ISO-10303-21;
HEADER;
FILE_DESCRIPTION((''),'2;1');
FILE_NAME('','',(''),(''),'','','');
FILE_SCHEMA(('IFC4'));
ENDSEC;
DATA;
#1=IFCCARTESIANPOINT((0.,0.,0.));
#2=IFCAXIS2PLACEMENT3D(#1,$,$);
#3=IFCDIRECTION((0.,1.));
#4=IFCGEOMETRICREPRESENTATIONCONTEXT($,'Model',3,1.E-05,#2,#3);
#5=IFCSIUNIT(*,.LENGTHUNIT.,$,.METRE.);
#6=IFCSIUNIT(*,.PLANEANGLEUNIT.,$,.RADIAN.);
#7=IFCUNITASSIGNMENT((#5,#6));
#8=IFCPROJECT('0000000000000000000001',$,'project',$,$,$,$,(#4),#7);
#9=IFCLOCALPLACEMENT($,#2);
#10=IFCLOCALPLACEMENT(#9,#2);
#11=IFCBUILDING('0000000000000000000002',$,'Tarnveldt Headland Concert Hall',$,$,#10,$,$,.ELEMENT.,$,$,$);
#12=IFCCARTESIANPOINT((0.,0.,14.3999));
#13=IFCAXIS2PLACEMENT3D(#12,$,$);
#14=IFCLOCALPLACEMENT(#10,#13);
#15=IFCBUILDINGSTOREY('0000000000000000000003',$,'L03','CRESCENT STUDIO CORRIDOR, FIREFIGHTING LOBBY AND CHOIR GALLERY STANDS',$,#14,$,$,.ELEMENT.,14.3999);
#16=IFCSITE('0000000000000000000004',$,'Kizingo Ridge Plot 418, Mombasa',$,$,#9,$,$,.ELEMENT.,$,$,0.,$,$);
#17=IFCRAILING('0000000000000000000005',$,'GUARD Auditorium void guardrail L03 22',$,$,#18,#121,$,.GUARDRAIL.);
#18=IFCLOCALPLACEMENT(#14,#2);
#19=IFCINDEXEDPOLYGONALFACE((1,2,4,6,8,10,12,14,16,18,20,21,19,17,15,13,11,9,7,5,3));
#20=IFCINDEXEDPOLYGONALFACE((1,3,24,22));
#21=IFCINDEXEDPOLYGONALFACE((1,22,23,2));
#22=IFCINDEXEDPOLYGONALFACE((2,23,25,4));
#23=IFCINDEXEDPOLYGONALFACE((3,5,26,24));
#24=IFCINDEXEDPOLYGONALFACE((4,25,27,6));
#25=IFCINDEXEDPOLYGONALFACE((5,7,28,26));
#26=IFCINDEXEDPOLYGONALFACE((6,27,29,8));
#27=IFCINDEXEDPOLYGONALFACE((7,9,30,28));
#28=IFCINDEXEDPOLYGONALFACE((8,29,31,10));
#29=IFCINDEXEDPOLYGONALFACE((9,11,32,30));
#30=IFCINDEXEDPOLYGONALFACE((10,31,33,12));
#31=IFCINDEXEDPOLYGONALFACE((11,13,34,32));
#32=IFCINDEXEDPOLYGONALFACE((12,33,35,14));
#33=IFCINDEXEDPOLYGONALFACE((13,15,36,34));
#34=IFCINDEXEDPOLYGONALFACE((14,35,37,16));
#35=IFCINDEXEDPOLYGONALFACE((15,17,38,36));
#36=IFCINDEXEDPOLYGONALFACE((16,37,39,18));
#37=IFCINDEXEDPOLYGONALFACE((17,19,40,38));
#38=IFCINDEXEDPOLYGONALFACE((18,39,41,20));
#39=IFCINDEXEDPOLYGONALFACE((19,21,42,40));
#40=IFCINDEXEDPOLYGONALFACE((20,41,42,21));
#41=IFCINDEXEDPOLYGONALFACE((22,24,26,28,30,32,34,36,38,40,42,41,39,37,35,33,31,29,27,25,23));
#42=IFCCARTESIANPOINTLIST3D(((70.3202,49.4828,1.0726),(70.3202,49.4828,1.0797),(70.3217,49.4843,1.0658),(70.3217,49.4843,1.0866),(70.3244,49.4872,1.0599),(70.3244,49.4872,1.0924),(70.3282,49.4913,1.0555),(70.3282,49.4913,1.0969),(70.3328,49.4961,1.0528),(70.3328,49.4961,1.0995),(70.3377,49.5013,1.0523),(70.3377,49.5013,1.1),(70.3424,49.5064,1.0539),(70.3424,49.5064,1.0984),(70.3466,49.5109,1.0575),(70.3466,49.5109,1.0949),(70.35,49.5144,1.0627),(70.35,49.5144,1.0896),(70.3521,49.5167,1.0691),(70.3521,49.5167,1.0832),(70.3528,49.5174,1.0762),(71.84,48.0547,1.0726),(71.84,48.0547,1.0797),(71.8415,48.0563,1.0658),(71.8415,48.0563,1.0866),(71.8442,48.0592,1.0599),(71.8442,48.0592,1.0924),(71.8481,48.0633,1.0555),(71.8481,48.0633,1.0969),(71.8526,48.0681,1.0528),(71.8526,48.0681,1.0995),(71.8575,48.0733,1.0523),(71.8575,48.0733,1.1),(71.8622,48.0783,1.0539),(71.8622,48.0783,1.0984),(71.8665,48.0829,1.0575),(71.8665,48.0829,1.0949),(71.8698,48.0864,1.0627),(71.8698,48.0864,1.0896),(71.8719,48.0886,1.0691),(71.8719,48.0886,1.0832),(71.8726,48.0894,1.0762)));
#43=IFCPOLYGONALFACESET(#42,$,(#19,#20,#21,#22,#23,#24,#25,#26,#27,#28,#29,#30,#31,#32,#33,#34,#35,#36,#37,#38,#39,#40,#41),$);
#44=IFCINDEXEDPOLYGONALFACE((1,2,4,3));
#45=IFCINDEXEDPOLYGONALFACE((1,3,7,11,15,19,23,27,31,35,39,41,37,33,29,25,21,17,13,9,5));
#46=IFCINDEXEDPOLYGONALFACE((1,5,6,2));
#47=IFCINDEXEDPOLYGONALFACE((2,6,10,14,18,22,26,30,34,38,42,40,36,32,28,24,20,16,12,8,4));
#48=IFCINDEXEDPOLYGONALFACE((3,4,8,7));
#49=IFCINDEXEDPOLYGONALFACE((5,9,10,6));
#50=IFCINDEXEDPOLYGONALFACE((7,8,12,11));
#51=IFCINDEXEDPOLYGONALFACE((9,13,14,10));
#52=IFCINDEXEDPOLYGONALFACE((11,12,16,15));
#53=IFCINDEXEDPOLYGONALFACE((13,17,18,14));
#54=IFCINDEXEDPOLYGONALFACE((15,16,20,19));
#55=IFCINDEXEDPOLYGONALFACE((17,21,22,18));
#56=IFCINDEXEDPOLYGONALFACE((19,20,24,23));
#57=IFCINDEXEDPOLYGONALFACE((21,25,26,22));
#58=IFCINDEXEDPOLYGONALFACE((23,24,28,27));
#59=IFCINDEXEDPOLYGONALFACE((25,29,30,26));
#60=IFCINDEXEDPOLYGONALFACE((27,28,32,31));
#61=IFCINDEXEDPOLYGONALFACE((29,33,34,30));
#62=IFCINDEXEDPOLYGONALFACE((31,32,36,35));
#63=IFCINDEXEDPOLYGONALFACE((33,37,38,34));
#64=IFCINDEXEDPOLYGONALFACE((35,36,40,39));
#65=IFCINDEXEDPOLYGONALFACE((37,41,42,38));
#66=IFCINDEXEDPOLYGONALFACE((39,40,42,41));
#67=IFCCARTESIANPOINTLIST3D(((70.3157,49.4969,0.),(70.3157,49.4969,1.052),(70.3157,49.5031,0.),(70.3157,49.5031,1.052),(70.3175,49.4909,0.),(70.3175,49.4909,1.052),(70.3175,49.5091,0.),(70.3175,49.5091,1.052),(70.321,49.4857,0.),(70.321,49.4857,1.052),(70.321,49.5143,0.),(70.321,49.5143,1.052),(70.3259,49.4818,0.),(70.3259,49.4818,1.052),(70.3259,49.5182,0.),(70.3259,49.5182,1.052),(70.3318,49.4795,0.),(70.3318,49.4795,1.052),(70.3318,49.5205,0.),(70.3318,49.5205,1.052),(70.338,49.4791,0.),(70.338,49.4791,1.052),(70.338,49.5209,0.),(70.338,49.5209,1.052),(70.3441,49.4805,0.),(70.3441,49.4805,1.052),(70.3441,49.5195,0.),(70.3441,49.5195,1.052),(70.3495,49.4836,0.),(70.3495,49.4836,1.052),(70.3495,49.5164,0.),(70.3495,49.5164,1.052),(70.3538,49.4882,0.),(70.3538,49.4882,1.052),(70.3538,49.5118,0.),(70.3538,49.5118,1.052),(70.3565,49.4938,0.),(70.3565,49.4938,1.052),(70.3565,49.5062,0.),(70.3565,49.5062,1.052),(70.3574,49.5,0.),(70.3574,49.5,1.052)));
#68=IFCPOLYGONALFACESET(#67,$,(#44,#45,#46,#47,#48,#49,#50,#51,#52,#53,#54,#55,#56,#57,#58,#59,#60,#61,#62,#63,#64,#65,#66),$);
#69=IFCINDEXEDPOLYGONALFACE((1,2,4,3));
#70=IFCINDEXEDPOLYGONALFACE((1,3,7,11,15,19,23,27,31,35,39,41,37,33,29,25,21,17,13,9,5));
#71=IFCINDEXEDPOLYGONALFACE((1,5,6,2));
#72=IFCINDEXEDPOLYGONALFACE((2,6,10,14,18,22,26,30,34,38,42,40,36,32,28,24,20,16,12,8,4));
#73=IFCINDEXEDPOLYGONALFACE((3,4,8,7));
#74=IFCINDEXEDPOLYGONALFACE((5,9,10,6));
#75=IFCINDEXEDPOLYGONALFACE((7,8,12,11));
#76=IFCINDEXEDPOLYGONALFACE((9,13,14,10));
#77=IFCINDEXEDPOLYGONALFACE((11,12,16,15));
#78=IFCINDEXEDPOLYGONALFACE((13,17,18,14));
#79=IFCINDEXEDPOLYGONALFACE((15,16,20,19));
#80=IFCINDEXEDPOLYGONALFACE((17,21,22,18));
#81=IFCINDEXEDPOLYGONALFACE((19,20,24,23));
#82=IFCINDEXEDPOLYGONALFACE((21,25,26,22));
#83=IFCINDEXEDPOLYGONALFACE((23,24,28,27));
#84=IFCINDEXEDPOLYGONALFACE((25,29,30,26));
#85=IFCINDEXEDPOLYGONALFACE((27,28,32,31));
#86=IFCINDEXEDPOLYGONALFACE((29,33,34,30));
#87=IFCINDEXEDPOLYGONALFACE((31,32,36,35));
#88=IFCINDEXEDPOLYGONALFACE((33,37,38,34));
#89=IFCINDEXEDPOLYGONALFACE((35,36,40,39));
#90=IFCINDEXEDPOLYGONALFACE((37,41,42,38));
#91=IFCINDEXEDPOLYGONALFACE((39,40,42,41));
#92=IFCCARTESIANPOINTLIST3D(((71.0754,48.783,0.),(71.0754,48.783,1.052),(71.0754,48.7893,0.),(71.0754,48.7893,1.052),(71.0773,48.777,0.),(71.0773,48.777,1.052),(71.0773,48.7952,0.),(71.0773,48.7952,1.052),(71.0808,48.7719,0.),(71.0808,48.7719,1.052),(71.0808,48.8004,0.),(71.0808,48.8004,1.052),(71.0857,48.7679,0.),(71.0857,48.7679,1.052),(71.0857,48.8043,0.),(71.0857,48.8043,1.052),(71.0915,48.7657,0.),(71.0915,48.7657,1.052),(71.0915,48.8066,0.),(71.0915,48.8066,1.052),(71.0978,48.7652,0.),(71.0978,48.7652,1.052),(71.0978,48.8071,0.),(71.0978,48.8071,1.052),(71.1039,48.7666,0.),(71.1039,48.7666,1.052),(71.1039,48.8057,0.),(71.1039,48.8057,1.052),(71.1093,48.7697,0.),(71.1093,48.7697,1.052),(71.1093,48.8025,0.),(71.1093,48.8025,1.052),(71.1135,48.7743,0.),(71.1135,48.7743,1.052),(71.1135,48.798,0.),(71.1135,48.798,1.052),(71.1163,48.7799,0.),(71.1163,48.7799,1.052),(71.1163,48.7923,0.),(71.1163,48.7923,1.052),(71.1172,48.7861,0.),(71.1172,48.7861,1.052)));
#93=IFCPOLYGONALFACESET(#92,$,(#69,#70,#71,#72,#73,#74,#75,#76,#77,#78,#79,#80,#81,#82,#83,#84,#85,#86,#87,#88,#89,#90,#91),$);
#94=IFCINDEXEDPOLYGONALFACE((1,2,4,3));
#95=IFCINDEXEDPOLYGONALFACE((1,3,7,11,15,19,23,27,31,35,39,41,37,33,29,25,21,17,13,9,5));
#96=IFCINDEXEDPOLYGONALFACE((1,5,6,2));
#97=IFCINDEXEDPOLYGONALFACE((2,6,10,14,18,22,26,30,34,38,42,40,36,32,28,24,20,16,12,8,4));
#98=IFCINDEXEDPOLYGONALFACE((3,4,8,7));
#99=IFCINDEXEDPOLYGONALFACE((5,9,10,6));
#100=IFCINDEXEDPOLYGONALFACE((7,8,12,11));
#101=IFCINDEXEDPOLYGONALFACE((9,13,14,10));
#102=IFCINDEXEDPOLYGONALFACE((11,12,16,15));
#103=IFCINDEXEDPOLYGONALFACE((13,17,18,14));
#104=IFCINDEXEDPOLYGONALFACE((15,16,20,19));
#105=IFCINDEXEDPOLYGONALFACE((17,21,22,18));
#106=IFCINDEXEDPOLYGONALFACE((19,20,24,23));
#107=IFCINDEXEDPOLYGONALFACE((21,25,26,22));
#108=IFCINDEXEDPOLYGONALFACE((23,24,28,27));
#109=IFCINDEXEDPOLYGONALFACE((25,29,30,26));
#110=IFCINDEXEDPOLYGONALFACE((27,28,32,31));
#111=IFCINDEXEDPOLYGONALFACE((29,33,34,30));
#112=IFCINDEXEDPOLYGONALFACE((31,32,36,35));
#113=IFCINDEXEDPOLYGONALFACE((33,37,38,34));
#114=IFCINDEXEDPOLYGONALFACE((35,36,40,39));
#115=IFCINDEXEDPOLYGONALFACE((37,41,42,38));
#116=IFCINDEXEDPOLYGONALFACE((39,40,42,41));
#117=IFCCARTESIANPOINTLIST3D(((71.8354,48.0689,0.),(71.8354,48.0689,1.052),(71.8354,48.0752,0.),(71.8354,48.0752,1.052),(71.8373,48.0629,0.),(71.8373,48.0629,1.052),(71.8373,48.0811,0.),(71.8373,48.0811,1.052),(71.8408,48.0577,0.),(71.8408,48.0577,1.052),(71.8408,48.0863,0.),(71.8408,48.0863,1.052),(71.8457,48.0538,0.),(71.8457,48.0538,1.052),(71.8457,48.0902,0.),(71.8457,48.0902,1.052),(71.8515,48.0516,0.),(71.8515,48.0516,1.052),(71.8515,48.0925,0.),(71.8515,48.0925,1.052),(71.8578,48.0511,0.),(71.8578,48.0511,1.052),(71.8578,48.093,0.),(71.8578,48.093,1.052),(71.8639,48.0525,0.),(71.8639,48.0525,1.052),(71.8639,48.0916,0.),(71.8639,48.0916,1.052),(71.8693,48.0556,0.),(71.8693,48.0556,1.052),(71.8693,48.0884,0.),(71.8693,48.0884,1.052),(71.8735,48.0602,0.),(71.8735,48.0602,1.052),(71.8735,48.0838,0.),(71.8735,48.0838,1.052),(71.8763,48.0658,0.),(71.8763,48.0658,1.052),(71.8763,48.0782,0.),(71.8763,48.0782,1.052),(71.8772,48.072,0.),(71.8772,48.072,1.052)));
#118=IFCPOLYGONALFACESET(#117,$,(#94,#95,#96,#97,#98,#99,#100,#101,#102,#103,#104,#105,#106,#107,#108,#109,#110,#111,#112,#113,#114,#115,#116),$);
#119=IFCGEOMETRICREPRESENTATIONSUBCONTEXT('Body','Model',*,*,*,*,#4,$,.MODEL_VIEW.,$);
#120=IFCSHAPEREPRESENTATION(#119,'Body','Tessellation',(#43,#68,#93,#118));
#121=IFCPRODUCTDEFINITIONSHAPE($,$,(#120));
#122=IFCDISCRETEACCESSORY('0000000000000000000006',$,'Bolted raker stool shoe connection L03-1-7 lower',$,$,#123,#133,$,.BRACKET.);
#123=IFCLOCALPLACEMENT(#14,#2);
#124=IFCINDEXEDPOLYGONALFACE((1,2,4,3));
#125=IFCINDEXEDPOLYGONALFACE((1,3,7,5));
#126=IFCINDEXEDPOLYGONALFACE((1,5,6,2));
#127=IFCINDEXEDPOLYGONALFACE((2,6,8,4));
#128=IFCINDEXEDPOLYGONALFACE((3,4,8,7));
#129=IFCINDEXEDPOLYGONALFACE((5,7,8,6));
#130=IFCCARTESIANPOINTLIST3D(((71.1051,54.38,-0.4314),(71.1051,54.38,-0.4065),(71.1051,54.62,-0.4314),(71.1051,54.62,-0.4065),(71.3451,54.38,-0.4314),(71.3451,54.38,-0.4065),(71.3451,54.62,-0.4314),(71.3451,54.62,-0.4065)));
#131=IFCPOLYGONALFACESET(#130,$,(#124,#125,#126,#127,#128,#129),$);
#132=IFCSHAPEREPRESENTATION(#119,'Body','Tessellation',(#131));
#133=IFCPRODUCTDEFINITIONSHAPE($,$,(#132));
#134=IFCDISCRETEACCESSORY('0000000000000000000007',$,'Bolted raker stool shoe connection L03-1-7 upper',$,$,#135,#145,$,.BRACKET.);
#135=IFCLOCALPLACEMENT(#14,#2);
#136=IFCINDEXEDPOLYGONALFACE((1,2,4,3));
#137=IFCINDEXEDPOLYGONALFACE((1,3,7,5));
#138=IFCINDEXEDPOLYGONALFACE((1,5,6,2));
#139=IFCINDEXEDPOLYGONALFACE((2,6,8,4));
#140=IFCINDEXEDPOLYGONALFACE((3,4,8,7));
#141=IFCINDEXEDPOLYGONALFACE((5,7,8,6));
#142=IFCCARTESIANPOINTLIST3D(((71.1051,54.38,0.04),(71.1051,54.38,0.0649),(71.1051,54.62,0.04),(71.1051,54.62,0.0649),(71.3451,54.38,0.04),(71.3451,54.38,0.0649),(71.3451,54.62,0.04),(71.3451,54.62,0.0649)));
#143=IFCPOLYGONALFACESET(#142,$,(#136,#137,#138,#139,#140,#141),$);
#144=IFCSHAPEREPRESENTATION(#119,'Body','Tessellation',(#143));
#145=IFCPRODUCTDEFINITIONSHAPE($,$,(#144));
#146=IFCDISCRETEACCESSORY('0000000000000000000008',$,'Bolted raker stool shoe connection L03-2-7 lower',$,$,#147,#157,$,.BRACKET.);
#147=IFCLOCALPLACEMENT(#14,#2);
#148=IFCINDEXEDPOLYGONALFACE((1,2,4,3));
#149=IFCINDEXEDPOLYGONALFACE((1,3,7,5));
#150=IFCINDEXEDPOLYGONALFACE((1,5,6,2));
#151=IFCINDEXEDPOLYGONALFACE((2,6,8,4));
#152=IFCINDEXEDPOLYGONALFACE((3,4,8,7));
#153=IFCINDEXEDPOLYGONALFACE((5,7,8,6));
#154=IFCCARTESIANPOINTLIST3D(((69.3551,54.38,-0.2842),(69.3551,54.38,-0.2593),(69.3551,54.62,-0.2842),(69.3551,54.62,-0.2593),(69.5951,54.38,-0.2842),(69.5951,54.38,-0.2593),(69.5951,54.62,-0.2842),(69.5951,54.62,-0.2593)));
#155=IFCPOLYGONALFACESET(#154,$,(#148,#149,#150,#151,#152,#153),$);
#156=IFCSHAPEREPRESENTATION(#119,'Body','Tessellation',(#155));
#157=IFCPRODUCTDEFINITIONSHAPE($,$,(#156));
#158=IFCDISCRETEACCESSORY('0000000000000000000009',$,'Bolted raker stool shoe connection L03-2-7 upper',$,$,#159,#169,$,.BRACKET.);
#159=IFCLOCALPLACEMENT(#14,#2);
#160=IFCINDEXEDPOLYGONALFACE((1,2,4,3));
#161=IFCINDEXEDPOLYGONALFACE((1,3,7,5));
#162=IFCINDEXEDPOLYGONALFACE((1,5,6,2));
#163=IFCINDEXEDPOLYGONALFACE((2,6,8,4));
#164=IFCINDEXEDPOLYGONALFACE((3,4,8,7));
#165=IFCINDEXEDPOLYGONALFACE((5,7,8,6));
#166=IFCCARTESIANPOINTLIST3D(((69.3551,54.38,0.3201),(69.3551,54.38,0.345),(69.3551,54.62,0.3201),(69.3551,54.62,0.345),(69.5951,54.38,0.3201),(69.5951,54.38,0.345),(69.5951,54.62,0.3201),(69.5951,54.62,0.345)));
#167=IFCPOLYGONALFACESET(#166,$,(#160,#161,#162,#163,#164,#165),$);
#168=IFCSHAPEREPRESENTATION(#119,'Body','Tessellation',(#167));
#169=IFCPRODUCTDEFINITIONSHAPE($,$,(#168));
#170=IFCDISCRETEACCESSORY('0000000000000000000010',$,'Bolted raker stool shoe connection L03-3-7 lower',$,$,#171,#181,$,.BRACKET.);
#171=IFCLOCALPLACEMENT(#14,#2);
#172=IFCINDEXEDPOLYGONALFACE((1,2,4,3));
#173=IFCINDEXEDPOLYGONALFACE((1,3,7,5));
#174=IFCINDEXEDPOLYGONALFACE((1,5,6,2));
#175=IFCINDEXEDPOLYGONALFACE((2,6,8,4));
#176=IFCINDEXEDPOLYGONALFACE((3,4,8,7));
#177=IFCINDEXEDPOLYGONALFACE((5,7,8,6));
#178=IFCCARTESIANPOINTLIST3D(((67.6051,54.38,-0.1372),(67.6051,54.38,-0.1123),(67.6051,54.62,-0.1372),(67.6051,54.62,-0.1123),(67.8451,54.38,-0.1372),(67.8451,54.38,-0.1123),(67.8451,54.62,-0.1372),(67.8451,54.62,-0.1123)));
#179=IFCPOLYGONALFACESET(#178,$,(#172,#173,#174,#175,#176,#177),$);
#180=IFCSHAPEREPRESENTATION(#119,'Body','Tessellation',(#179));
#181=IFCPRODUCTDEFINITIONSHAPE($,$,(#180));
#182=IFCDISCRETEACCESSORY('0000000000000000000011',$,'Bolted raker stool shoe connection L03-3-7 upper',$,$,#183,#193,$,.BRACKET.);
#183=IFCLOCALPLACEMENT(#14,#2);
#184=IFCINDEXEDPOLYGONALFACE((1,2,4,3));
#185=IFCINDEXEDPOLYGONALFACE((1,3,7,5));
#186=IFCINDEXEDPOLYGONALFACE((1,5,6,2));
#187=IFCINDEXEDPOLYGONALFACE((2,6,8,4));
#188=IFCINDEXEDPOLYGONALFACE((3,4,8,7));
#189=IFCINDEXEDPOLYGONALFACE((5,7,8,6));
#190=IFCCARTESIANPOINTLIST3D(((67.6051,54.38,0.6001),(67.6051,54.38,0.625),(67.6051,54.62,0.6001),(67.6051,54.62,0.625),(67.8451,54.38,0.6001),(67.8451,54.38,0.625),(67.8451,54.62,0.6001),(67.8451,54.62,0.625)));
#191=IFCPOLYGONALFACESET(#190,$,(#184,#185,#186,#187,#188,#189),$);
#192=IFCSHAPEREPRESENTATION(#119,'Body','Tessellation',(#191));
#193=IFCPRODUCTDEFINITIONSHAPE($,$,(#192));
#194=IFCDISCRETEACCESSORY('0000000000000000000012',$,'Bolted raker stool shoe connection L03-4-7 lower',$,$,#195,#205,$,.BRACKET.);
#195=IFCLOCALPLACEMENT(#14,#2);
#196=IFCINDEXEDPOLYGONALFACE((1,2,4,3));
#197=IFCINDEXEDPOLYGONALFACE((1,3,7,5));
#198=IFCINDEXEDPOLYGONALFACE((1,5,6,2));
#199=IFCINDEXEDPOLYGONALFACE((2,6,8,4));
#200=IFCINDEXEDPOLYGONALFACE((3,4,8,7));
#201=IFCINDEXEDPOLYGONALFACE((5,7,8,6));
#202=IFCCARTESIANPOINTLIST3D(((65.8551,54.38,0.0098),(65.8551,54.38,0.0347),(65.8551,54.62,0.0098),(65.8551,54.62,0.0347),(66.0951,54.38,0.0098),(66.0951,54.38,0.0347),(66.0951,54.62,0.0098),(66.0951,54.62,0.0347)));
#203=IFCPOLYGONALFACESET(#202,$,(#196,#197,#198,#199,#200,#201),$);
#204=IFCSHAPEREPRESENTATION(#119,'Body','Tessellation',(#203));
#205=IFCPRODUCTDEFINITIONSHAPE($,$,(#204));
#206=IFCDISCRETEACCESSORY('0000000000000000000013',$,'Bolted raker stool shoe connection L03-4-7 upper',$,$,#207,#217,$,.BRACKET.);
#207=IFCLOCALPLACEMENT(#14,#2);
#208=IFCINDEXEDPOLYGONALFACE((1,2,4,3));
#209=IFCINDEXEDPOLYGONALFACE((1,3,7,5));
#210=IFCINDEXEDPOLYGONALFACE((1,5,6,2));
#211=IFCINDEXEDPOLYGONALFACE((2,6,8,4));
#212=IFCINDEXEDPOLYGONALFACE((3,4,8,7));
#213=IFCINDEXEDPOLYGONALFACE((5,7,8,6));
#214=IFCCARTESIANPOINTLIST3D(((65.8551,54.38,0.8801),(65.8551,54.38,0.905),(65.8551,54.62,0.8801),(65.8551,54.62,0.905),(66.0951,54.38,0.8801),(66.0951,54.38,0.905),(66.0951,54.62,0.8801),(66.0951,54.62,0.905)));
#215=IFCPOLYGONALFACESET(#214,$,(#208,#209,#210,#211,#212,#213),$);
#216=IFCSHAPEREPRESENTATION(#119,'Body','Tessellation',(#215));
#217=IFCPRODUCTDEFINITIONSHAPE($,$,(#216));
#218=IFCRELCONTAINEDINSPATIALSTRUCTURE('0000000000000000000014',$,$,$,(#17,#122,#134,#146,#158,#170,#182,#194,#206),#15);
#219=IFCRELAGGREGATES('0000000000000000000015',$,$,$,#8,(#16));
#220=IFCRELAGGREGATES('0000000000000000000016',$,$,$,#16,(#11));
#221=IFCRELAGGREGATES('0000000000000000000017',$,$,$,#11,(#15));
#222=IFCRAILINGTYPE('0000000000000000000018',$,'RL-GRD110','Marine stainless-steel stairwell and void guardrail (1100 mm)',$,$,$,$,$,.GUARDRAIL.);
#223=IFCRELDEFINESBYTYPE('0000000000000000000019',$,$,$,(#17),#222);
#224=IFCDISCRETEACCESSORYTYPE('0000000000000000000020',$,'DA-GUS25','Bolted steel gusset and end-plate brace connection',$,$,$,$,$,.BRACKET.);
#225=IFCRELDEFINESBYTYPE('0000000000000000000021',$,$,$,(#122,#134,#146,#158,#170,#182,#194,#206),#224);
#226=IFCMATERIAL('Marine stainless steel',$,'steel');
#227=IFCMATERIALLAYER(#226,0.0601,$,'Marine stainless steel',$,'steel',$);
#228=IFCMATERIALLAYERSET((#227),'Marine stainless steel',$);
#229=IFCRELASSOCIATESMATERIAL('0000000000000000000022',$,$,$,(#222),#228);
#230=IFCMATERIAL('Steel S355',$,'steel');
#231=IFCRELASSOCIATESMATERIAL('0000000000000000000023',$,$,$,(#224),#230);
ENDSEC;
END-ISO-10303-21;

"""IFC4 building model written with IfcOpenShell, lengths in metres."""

from ifc_helpers import new_model, si_unit, direction, frame, origin, origin_2d, place, context, subcontext, project, spatial, rectangle, circle, extrude, material, layer, layer_set, type_object, element, save


model = new_model("IFC4")

# Units and contexts
model_context = context("Model", 3, precision=1e-05, world=origin(), true_north=direction((0.0, 1.0)))
body_context = subcontext(model_context, "Body", "Model", "MODEL_VIEW")
ifc_project = project(units=[si_unit("LENGTHUNIT", "METRE"), si_unit("PLANEANGLEUNIT", "RADIAN")], contexts=[model_context])

# Site, building, storey
site_placement = place(None, origin())
site = spatial("IfcSite", under=ifc_project, at=site_placement, Name="Kizingo Ridge Plot 418, Mombasa", CompositionType="ELEMENT", RefElevation=0.0)
building_placement = place(site_placement, origin())
building = spatial("IfcBuilding", under=site, at=building_placement, Name="Tarnveldt Headland Concert Hall", CompositionType="ELEMENT")
storey_placement = place(building_placement, frame((0.0, 0.0, 14.3999)))
storey = spatial("IfcBuildingStorey", under=building, at=storey_placement, Name="L03", Description="CRESCENT STUDIO CORRIDOR, FIREFIGHTING LOBBY AND CHOIR GALLERY STANDS", CompositionType="ELEMENT", Elevation=14.3999)

# Shared definitions
ifc_material_1 = material(Name="Steel S355", Category="steel")

# Railing
ifc_material_2 = material(Name="Marine stainless steel", Category="steel")
ifc_layer_1 = layer(ifc_material_2, 0.0601, Name="Marine stainless steel", Category="steel")
ifc_layer_set_1 = layer_set([ifc_layer_1], Name="Marine stainless steel")
railing_type = type_object("IfcRailingType", Name="RL-GRD110", Description="Marine stainless-steel stairwell and void guardrail (1100 mm)", PredefinedType="GUARDRAIL", material=ifc_layer_set_1)
railing_1_placement = place(storey_placement, frame((70.3364, 49.5, 0.0)))
element("IfcRailing", 1, at=railing_1_placement, inside=storey, type_object=railing_type, Name="GUARD Auditorium void guardrail L03 22", PredefinedType="GUARDRAIL", context=body_context, shape_type="SweptSolid", body=[
    extrude(circle(Radius=0.0239, at=origin_2d()), frame((0.0, 0.0, 1.0762), z_axis=(0.728774, -0.684755, 0.0), x_axis=(0.684755, 0.728774, 0.0)), (0.0, 0.0, 1.0), 2.0854),
    extrude(circle(Radius=0.021, at=origin_2d()), origin(), (0.0, 0.0, 1.0), 1.052),
    extrude(circle(Radius=0.021, at=origin_2d()), frame((0.7598, -0.7139, 0.0)), (0.0, 0.0, 1.0), 1.052),
    extrude(circle(Radius=0.021, at=origin_2d()), frame((1.5198, -1.428, 0.0)), (0.0, 0.0, 1.0), 1.052),
])

# Discrete accessories
discrete_accessory_type = type_object("IfcDiscreteAccessoryType", Name="DA-GUS25", Description="Bolted steel gusset and end-plate brace connection", PredefinedType="BRACKET", material=ifc_material_1)
for number, where, z_axis, x_axis, name in (
    (2, (71.2251, 54.5, -0.4314), (0.0, 0.0, 1.0), (1.0, 0.0, 0.0), "Bolted raker stool shoe connection L03-1-7 lower"),
    (3, (71.2251, 54.5, 0.04), (0.0, 0.0, 1.0), (1.0, 0.0, 0.0), "Bolted raker stool shoe connection L03-1-7 upper"),
    (4, (69.4751, 54.5, -0.2842), (0.0, 0.0, 1.0), (1.0, 0.0, 0.0), "Bolted raker stool shoe connection L03-2-7 lower"),
    (5, (69.4751, 54.5, 0.3201), (0.0, 0.0, 1.0), (1.0, 0.0, 0.0), "Bolted raker stool shoe connection L03-2-7 upper"),
    (6, (67.7251, 54.5, -0.1372), (0.0, 0.0, 1.0), (1.0, 0.0, 0.0), "Bolted raker stool shoe connection L03-3-7 lower"),
    (7, (67.7251, 54.5, 0.6001), (0.0, 0.0, 1.0), (1.0, 0.0, 0.0), "Bolted raker stool shoe connection L03-3-7 upper"),
    (8, (65.9751, 54.5, 0.0098), (0.0, 0.0, 1.0), (1.0, 0.0, 0.0), "Bolted raker stool shoe connection L03-4-7 lower"),
    (9, (65.9751, 54.5, 0.8801), (0.0, 0.0, 1.0), (1.0, 0.0, 0.0), "Bolted raker stool shoe connection L03-4-7 upper"),
):
    element("IfcDiscreteAccessory", number, at=place(storey_placement, frame(where, z_axis=z_axis, x_axis=x_axis)), inside=storey, type_object=discrete_accessory_type, Name=name, PredefinedType="BRACKET", context=body_context, shape_type="SweptSolid", body=[
        extrude(rectangle(XDim=0.24, YDim=0.24, at=origin_2d()), origin(), (0.0, 0.0, 1.0), 0.0249),
    ])

save(model, "model.ifc")
